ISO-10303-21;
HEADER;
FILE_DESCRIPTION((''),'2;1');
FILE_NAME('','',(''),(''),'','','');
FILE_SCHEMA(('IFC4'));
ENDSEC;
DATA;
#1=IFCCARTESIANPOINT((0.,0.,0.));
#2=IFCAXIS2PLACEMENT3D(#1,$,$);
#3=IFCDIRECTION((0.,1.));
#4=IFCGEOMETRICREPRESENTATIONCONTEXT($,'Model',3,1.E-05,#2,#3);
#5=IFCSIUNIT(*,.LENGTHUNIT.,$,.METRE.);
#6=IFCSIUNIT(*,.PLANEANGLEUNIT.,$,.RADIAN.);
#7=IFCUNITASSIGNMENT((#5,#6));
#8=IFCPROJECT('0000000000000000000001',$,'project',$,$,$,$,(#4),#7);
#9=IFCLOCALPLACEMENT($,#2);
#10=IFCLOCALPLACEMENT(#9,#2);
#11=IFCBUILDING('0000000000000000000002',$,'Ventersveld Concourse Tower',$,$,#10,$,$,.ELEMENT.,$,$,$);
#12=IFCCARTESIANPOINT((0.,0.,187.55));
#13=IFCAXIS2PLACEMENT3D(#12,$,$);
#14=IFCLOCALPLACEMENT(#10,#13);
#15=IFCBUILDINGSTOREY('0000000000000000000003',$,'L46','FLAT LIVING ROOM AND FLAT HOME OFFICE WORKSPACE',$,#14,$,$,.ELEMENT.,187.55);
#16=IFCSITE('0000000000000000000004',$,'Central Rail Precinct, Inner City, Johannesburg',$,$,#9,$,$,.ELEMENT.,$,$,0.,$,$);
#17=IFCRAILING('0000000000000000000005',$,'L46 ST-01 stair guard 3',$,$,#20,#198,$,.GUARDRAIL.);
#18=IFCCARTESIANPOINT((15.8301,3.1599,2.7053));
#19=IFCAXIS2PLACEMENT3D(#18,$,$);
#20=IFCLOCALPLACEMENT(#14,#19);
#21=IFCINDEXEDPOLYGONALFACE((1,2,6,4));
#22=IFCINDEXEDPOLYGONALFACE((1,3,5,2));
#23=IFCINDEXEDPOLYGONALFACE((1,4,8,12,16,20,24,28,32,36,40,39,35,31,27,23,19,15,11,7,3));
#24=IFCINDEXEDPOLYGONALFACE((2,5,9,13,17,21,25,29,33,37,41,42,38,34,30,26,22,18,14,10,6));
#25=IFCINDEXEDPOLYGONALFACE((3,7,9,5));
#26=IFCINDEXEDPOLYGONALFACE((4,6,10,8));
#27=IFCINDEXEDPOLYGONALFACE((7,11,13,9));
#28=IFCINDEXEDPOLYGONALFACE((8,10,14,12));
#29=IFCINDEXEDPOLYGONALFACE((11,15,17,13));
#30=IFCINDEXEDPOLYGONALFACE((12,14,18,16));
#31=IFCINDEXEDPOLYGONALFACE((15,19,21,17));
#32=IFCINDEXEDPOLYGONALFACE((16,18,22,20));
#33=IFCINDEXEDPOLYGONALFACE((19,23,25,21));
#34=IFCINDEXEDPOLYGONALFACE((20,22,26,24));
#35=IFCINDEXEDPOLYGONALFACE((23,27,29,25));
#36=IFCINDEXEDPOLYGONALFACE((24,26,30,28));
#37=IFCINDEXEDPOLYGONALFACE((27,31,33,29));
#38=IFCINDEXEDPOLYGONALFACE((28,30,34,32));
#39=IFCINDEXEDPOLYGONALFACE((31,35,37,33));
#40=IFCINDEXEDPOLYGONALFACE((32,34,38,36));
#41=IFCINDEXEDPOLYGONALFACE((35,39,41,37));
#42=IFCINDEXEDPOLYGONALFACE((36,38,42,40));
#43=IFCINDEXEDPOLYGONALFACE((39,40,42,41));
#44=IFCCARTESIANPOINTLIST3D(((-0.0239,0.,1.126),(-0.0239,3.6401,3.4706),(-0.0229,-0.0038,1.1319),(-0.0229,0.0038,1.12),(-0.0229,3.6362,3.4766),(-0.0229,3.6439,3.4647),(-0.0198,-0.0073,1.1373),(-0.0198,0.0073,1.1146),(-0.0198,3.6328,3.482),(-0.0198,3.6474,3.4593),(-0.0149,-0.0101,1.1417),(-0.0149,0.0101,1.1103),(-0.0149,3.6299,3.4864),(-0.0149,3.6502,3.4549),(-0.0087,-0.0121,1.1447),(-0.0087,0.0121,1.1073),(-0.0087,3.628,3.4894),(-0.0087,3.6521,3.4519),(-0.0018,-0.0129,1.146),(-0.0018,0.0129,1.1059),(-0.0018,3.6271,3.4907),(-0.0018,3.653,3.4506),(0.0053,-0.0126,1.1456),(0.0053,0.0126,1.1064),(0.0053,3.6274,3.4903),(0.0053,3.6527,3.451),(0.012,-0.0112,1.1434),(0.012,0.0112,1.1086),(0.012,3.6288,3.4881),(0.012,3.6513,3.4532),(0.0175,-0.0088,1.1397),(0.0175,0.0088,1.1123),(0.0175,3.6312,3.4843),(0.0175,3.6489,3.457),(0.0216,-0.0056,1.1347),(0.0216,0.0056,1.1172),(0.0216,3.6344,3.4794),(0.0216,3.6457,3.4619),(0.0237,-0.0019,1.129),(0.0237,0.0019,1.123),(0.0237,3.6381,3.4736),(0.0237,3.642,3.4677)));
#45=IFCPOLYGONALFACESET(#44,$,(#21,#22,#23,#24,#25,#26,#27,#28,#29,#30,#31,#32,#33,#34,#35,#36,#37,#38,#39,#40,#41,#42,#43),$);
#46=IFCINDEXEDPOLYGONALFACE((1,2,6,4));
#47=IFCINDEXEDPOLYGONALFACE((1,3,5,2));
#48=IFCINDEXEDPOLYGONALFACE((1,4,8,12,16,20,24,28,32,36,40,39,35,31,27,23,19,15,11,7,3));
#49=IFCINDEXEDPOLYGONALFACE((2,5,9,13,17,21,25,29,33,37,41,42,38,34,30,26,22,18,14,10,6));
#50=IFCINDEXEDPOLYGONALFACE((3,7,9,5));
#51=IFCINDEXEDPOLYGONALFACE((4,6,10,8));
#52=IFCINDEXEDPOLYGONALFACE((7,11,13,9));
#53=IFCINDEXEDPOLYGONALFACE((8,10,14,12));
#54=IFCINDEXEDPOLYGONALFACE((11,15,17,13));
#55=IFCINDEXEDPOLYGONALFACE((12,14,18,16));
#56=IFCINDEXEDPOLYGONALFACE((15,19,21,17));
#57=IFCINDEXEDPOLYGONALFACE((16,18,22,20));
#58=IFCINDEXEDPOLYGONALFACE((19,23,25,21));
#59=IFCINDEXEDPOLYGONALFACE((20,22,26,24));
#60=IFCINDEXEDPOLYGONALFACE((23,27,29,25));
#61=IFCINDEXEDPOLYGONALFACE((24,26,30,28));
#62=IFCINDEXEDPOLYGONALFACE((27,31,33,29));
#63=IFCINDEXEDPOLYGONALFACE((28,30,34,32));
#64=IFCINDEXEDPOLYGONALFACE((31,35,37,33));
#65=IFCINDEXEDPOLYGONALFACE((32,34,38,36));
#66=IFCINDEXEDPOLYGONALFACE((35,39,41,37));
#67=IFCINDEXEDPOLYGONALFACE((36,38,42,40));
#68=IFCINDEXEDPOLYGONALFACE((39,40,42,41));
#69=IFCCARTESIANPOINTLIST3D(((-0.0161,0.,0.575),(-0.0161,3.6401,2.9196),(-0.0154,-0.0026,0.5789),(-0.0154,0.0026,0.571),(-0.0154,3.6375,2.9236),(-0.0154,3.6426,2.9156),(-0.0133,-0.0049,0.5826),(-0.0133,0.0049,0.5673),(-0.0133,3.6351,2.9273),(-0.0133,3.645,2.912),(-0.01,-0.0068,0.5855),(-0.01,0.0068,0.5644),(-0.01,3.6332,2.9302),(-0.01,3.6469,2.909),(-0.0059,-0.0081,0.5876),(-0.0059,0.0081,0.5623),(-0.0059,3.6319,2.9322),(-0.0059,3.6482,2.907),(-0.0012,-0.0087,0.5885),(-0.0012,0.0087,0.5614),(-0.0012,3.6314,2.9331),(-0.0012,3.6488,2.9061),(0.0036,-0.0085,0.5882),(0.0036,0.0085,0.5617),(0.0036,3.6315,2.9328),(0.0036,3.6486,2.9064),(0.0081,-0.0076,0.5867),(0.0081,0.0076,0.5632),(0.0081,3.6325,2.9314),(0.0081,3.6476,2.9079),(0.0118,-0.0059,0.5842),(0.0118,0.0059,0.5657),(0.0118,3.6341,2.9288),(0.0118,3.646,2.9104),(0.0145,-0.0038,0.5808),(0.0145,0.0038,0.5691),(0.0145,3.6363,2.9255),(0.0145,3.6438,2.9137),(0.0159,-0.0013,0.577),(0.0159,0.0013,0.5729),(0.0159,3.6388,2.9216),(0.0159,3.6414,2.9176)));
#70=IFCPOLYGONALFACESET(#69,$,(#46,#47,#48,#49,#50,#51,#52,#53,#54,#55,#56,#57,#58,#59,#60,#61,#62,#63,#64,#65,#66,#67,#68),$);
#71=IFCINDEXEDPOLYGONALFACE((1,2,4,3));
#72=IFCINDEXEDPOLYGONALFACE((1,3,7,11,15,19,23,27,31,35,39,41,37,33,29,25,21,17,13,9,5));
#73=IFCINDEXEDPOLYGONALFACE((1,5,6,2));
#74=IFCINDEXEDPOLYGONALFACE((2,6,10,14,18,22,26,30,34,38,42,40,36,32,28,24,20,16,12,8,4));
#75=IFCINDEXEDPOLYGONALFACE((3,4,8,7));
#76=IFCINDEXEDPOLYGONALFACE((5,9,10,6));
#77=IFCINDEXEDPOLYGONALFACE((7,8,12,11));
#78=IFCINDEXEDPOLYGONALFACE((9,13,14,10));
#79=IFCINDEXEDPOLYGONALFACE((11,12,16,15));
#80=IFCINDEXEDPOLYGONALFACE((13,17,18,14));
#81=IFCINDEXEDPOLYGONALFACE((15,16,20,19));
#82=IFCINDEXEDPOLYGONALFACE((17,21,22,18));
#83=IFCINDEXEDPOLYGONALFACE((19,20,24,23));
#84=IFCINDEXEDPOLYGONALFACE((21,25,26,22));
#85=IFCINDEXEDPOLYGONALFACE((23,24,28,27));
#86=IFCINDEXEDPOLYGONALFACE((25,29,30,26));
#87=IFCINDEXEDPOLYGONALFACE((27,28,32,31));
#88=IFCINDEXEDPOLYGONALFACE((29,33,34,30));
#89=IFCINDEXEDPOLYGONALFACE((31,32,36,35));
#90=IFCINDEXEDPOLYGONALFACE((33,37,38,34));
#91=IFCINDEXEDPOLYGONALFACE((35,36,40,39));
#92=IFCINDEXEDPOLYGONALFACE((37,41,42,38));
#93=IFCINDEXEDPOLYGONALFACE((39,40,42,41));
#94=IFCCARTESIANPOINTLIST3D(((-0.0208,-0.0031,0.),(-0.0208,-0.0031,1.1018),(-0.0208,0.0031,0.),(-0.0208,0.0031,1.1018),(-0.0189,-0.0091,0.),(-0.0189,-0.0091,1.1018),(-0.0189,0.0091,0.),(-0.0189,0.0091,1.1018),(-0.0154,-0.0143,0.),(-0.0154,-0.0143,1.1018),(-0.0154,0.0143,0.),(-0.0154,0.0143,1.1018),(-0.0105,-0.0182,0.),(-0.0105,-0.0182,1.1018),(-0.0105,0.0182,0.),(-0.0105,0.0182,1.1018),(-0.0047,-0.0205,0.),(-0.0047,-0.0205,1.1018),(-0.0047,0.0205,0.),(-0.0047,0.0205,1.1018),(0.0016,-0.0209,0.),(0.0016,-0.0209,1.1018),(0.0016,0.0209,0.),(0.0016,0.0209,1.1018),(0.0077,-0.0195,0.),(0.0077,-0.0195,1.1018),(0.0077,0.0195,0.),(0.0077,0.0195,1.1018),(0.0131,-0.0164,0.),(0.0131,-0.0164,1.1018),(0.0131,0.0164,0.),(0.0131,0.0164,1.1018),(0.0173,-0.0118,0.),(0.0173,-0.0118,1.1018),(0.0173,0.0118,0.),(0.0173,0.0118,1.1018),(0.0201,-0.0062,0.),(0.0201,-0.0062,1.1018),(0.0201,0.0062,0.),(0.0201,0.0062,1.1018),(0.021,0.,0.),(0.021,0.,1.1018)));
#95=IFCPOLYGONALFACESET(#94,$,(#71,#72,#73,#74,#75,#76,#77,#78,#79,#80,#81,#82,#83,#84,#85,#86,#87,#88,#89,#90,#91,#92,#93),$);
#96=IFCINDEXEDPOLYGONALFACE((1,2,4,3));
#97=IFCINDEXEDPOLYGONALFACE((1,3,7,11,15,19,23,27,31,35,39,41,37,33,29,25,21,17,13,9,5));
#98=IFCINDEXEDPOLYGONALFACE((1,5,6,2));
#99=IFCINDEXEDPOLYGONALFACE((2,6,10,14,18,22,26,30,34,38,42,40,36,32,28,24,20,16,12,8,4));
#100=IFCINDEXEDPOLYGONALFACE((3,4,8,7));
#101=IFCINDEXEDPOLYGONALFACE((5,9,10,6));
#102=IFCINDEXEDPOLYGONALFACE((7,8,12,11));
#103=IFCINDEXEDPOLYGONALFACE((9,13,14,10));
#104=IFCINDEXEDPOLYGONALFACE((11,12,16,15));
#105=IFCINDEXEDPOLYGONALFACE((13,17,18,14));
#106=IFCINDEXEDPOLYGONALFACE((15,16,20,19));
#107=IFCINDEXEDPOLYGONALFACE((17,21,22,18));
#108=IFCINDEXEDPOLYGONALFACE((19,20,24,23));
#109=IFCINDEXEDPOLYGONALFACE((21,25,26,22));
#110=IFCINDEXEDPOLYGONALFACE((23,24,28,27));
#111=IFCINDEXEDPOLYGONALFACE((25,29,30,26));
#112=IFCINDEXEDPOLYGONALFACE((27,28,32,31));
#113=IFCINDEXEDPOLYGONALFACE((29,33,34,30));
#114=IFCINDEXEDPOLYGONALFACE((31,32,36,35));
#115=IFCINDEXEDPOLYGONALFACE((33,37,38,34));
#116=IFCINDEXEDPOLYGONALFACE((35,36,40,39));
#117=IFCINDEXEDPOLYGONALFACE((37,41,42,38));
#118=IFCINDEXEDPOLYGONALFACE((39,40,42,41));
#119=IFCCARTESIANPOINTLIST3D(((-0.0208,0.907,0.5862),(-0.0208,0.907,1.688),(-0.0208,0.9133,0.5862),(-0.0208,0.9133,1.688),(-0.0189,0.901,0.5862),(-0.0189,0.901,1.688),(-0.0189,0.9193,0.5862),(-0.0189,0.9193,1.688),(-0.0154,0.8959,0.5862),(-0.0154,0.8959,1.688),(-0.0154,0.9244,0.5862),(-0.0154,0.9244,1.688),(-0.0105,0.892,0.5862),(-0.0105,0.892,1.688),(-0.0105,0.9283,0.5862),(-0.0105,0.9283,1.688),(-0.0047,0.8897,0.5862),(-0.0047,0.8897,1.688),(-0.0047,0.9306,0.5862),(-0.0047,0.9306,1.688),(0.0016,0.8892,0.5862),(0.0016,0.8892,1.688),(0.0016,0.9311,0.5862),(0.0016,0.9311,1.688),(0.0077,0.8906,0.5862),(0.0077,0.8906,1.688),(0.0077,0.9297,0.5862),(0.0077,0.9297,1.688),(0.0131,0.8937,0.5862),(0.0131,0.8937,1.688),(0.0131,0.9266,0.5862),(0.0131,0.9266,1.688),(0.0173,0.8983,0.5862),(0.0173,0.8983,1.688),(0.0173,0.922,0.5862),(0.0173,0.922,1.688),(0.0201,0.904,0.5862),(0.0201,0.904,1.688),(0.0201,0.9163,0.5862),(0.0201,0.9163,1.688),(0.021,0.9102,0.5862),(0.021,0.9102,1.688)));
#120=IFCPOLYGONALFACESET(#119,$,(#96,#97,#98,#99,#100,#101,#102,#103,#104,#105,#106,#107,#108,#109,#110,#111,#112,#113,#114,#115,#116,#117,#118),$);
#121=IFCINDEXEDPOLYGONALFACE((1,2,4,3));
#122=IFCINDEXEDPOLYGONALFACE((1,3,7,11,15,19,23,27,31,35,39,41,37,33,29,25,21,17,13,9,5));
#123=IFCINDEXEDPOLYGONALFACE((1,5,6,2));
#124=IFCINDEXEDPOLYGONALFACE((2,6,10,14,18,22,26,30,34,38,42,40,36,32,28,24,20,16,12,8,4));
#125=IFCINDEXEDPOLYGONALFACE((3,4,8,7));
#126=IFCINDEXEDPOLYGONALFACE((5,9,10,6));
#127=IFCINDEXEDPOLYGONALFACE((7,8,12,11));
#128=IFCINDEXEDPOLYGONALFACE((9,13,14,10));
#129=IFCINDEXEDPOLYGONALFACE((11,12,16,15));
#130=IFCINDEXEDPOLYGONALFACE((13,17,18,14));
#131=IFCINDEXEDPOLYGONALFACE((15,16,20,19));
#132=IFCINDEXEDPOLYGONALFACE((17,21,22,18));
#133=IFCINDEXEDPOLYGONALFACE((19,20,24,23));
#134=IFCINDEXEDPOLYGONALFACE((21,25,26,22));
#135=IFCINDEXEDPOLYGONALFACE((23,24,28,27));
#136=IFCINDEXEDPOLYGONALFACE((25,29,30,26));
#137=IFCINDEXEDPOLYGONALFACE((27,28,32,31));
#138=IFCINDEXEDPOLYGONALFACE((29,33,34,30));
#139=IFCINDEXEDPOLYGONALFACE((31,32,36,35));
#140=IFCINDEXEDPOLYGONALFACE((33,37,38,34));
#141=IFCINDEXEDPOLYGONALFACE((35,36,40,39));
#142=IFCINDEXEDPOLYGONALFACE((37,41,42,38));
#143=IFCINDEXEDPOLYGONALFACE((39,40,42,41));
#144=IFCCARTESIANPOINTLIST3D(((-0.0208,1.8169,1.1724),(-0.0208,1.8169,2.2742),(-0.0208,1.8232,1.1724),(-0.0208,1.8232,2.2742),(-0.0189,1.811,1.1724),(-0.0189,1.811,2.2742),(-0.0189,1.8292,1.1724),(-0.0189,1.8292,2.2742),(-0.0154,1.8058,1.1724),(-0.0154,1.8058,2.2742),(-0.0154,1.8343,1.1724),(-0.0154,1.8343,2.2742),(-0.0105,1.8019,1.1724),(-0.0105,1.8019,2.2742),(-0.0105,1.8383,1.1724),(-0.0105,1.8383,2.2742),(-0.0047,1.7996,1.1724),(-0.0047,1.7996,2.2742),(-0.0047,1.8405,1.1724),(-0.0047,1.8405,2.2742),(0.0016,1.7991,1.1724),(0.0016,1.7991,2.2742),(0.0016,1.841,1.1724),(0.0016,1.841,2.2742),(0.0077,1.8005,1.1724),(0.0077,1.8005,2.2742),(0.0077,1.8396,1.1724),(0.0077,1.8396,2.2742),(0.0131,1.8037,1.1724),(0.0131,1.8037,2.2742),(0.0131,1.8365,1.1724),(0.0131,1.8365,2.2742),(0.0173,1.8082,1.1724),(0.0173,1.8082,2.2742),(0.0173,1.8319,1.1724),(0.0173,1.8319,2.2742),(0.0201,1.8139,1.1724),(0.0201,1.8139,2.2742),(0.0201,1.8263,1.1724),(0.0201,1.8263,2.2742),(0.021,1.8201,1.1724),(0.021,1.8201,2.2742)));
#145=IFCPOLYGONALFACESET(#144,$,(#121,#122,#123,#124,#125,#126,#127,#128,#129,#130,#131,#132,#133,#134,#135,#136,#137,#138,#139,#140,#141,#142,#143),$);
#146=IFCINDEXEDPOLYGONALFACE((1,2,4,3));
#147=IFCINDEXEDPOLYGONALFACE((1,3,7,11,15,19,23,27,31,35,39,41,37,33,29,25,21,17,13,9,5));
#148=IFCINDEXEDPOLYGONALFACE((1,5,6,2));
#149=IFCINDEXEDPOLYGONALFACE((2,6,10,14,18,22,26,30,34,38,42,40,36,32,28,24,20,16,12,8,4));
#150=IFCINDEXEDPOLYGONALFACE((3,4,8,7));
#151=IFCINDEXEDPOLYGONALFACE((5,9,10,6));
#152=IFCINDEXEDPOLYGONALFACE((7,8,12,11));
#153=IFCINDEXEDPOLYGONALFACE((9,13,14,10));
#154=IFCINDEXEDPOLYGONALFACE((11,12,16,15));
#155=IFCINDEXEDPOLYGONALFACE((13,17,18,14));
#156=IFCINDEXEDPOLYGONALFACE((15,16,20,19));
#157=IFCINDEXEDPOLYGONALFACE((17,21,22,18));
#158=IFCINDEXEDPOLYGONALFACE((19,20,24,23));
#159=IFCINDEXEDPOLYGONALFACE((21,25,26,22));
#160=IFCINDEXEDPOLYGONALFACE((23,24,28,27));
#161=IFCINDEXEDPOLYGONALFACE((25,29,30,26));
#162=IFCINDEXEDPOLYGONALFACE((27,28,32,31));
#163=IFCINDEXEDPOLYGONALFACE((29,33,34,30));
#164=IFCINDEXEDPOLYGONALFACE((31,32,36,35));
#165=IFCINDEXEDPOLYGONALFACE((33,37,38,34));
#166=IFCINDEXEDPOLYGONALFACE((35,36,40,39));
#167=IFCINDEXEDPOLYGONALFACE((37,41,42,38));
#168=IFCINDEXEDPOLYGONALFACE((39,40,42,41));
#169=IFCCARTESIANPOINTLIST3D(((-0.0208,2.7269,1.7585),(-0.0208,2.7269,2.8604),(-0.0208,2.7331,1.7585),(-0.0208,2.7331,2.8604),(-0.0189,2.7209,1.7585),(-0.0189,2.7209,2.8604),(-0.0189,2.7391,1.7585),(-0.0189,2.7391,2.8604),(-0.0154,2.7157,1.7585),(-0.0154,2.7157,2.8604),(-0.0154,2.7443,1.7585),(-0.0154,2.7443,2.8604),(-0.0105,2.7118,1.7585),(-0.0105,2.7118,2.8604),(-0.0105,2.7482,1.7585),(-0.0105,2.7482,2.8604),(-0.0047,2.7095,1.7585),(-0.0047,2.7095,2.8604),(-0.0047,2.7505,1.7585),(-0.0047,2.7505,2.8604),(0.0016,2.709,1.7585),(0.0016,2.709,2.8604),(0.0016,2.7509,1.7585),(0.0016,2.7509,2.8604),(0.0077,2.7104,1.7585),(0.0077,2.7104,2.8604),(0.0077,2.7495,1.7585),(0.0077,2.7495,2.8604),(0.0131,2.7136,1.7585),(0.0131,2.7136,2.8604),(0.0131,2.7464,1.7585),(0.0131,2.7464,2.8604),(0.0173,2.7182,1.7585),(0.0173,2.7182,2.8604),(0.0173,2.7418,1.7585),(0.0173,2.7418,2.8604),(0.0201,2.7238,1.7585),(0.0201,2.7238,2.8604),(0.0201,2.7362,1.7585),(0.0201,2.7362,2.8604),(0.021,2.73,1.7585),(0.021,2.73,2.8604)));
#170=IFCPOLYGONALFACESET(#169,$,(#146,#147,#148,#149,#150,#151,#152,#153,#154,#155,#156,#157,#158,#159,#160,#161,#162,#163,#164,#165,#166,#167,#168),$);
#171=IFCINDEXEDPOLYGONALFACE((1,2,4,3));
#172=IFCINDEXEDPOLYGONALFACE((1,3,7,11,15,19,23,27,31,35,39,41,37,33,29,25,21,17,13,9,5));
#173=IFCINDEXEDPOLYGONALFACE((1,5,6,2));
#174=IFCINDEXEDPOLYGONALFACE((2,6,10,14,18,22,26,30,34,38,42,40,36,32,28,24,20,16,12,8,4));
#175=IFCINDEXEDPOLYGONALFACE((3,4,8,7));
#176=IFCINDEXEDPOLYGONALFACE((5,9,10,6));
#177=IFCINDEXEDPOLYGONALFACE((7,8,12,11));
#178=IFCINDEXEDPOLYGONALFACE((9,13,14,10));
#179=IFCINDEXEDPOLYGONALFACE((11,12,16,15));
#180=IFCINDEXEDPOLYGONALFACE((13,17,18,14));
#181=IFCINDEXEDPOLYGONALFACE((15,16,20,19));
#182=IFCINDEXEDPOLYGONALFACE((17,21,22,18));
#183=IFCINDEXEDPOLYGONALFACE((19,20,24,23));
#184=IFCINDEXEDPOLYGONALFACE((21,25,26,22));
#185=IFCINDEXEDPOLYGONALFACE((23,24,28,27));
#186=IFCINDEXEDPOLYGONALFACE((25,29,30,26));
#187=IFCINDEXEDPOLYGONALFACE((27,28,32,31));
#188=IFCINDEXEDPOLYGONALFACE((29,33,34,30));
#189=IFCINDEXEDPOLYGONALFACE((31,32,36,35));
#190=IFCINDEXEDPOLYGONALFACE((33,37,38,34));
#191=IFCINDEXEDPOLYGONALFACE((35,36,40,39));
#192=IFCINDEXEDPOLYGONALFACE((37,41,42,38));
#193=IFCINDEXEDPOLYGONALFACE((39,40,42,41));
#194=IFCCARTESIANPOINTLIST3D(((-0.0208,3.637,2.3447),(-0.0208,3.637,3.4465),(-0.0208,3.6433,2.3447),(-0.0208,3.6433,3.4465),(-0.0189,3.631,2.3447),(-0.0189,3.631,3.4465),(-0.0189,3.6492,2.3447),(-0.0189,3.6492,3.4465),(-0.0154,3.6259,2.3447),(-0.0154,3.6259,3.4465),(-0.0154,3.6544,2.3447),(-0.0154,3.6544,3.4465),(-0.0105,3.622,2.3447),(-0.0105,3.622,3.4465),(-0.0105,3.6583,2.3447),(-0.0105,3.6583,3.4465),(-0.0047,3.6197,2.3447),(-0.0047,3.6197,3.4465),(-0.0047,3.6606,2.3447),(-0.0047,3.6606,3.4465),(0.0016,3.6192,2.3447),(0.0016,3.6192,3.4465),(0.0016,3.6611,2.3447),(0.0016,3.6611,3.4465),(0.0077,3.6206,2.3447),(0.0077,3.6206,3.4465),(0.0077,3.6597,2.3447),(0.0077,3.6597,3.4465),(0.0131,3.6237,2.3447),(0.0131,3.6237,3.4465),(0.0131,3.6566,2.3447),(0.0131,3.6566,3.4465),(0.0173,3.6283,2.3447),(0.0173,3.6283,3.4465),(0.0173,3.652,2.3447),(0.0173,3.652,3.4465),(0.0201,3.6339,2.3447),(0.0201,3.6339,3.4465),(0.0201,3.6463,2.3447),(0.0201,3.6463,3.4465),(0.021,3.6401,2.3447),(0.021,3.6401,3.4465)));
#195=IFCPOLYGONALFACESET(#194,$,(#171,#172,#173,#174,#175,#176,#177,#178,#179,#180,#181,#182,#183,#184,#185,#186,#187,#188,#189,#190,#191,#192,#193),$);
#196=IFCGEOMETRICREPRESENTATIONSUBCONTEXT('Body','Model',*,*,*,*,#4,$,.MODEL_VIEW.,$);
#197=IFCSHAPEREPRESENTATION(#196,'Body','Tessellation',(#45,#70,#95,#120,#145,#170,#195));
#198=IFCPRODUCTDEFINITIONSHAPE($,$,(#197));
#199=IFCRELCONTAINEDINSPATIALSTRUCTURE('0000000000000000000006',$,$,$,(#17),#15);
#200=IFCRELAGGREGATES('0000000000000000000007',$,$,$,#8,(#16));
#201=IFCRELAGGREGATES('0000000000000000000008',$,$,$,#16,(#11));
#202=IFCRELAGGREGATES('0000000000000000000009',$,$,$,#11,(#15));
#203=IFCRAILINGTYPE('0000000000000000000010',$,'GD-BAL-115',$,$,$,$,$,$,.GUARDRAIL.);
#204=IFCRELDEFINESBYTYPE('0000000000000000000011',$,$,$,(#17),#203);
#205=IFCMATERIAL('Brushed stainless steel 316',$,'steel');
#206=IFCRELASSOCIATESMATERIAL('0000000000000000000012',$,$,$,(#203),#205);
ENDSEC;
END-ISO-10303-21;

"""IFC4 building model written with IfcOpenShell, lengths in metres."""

from ifc_helpers import new_model, si_unit, direction, frame, origin, origin_2d, place, context, subcontext, project, spatial, circle, extrude, material, type_object, element, save


model = new_model("IFC4")

# Units and contexts
model_context = context("Model", 3, precision=1e-05, world=origin(), true_north=direction((0.0, 1.0)))
body_context = subcontext(model_context, "Body", "Model", "MODEL_VIEW")
ifc_project = project(units=[si_unit("LENGTHUNIT", "METRE"), si_unit("PLANEANGLEUNIT", "RADIAN")], contexts=[model_context])

# Site, building, storey
site_placement = place(None, origin())
site = spatial("IfcSite", under=ifc_project, at=site_placement, Name="Central Rail Precinct, Inner City, Johannesburg", CompositionType="ELEMENT", RefElevation=0.0)
building_placement = place(site_placement, origin())
building = spatial("IfcBuilding", under=site, at=building_placement, Name="Ventersveld Concourse Tower", CompositionType="ELEMENT")
storey_placement = place(building_placement, frame((0.0, 0.0, 187.55)))
storey = spatial("IfcBuildingStorey", under=building, at=storey_placement, Name="L46", Description="FLAT LIVING ROOM AND FLAT HOME OFFICE WORKSPACE", CompositionType="ELEMENT", Elevation=187.55)

# Railing
ifc_material_1 = material(Name="Brushed stainless steel 316", Category="steel")
railing_type_1 = type_object("IfcRailingType", Name="GD-BAL-115", PredefinedType="GUARDRAIL", material=ifc_material_1)
railing_1_placement = place(storey_placement, frame((15.8301, 3.1599, 2.7053)))
element("IfcRailing", 1, at=railing_1_placement, inside=storey, type_object=railing_type_1, Name="L46 ST-01 stair guard 3", PredefinedType="GUARDRAIL", context=body_context, shape_type="SweptSolid", body=[
    extrude(circle(Radius=0.0239, at=origin_2d()), frame((0.0, 0.0, 1.126), z_axis=(0.0, 0.840691, 0.541515), x_axis=(-1.0, 0.0, 0.0)), (0.0, 0.0, 1.0), 4.3298),
    extrude(circle(Radius=0.0161, at=origin_2d()), frame((0.0, 0.0, 0.575), z_axis=(0.0, 0.840691, 0.541515), x_axis=(-1.0, 0.0, 0.0)), (0.0, 0.0, 1.0), 4.3298),
    extrude(circle(Radius=0.021, at=origin_2d()), origin(), (0.0, 0.0, 1.0), 1.1018),
    extrude(circle(Radius=0.021, at=origin_2d()), frame((0.0, 0.9102, 0.5862)), (0.0, 0.0, 1.0), 1.1018),
    extrude(circle(Radius=0.021, at=origin_2d()), frame((0.0, 1.8201, 1.1724)), (0.0, 0.0, 1.0), 1.1018),
    extrude(circle(Radius=0.021, at=origin_2d()), frame((0.0, 2.73, 1.7585)), (0.0, 0.0, 1.0), 1.1018),
    extrude(circle(Radius=0.021, at=origin_2d()), frame((0.0, 3.6401, 2.3447)), (0.0, 0.0, 1.0), 1.1018),
])

save(model, "model.ifc")
